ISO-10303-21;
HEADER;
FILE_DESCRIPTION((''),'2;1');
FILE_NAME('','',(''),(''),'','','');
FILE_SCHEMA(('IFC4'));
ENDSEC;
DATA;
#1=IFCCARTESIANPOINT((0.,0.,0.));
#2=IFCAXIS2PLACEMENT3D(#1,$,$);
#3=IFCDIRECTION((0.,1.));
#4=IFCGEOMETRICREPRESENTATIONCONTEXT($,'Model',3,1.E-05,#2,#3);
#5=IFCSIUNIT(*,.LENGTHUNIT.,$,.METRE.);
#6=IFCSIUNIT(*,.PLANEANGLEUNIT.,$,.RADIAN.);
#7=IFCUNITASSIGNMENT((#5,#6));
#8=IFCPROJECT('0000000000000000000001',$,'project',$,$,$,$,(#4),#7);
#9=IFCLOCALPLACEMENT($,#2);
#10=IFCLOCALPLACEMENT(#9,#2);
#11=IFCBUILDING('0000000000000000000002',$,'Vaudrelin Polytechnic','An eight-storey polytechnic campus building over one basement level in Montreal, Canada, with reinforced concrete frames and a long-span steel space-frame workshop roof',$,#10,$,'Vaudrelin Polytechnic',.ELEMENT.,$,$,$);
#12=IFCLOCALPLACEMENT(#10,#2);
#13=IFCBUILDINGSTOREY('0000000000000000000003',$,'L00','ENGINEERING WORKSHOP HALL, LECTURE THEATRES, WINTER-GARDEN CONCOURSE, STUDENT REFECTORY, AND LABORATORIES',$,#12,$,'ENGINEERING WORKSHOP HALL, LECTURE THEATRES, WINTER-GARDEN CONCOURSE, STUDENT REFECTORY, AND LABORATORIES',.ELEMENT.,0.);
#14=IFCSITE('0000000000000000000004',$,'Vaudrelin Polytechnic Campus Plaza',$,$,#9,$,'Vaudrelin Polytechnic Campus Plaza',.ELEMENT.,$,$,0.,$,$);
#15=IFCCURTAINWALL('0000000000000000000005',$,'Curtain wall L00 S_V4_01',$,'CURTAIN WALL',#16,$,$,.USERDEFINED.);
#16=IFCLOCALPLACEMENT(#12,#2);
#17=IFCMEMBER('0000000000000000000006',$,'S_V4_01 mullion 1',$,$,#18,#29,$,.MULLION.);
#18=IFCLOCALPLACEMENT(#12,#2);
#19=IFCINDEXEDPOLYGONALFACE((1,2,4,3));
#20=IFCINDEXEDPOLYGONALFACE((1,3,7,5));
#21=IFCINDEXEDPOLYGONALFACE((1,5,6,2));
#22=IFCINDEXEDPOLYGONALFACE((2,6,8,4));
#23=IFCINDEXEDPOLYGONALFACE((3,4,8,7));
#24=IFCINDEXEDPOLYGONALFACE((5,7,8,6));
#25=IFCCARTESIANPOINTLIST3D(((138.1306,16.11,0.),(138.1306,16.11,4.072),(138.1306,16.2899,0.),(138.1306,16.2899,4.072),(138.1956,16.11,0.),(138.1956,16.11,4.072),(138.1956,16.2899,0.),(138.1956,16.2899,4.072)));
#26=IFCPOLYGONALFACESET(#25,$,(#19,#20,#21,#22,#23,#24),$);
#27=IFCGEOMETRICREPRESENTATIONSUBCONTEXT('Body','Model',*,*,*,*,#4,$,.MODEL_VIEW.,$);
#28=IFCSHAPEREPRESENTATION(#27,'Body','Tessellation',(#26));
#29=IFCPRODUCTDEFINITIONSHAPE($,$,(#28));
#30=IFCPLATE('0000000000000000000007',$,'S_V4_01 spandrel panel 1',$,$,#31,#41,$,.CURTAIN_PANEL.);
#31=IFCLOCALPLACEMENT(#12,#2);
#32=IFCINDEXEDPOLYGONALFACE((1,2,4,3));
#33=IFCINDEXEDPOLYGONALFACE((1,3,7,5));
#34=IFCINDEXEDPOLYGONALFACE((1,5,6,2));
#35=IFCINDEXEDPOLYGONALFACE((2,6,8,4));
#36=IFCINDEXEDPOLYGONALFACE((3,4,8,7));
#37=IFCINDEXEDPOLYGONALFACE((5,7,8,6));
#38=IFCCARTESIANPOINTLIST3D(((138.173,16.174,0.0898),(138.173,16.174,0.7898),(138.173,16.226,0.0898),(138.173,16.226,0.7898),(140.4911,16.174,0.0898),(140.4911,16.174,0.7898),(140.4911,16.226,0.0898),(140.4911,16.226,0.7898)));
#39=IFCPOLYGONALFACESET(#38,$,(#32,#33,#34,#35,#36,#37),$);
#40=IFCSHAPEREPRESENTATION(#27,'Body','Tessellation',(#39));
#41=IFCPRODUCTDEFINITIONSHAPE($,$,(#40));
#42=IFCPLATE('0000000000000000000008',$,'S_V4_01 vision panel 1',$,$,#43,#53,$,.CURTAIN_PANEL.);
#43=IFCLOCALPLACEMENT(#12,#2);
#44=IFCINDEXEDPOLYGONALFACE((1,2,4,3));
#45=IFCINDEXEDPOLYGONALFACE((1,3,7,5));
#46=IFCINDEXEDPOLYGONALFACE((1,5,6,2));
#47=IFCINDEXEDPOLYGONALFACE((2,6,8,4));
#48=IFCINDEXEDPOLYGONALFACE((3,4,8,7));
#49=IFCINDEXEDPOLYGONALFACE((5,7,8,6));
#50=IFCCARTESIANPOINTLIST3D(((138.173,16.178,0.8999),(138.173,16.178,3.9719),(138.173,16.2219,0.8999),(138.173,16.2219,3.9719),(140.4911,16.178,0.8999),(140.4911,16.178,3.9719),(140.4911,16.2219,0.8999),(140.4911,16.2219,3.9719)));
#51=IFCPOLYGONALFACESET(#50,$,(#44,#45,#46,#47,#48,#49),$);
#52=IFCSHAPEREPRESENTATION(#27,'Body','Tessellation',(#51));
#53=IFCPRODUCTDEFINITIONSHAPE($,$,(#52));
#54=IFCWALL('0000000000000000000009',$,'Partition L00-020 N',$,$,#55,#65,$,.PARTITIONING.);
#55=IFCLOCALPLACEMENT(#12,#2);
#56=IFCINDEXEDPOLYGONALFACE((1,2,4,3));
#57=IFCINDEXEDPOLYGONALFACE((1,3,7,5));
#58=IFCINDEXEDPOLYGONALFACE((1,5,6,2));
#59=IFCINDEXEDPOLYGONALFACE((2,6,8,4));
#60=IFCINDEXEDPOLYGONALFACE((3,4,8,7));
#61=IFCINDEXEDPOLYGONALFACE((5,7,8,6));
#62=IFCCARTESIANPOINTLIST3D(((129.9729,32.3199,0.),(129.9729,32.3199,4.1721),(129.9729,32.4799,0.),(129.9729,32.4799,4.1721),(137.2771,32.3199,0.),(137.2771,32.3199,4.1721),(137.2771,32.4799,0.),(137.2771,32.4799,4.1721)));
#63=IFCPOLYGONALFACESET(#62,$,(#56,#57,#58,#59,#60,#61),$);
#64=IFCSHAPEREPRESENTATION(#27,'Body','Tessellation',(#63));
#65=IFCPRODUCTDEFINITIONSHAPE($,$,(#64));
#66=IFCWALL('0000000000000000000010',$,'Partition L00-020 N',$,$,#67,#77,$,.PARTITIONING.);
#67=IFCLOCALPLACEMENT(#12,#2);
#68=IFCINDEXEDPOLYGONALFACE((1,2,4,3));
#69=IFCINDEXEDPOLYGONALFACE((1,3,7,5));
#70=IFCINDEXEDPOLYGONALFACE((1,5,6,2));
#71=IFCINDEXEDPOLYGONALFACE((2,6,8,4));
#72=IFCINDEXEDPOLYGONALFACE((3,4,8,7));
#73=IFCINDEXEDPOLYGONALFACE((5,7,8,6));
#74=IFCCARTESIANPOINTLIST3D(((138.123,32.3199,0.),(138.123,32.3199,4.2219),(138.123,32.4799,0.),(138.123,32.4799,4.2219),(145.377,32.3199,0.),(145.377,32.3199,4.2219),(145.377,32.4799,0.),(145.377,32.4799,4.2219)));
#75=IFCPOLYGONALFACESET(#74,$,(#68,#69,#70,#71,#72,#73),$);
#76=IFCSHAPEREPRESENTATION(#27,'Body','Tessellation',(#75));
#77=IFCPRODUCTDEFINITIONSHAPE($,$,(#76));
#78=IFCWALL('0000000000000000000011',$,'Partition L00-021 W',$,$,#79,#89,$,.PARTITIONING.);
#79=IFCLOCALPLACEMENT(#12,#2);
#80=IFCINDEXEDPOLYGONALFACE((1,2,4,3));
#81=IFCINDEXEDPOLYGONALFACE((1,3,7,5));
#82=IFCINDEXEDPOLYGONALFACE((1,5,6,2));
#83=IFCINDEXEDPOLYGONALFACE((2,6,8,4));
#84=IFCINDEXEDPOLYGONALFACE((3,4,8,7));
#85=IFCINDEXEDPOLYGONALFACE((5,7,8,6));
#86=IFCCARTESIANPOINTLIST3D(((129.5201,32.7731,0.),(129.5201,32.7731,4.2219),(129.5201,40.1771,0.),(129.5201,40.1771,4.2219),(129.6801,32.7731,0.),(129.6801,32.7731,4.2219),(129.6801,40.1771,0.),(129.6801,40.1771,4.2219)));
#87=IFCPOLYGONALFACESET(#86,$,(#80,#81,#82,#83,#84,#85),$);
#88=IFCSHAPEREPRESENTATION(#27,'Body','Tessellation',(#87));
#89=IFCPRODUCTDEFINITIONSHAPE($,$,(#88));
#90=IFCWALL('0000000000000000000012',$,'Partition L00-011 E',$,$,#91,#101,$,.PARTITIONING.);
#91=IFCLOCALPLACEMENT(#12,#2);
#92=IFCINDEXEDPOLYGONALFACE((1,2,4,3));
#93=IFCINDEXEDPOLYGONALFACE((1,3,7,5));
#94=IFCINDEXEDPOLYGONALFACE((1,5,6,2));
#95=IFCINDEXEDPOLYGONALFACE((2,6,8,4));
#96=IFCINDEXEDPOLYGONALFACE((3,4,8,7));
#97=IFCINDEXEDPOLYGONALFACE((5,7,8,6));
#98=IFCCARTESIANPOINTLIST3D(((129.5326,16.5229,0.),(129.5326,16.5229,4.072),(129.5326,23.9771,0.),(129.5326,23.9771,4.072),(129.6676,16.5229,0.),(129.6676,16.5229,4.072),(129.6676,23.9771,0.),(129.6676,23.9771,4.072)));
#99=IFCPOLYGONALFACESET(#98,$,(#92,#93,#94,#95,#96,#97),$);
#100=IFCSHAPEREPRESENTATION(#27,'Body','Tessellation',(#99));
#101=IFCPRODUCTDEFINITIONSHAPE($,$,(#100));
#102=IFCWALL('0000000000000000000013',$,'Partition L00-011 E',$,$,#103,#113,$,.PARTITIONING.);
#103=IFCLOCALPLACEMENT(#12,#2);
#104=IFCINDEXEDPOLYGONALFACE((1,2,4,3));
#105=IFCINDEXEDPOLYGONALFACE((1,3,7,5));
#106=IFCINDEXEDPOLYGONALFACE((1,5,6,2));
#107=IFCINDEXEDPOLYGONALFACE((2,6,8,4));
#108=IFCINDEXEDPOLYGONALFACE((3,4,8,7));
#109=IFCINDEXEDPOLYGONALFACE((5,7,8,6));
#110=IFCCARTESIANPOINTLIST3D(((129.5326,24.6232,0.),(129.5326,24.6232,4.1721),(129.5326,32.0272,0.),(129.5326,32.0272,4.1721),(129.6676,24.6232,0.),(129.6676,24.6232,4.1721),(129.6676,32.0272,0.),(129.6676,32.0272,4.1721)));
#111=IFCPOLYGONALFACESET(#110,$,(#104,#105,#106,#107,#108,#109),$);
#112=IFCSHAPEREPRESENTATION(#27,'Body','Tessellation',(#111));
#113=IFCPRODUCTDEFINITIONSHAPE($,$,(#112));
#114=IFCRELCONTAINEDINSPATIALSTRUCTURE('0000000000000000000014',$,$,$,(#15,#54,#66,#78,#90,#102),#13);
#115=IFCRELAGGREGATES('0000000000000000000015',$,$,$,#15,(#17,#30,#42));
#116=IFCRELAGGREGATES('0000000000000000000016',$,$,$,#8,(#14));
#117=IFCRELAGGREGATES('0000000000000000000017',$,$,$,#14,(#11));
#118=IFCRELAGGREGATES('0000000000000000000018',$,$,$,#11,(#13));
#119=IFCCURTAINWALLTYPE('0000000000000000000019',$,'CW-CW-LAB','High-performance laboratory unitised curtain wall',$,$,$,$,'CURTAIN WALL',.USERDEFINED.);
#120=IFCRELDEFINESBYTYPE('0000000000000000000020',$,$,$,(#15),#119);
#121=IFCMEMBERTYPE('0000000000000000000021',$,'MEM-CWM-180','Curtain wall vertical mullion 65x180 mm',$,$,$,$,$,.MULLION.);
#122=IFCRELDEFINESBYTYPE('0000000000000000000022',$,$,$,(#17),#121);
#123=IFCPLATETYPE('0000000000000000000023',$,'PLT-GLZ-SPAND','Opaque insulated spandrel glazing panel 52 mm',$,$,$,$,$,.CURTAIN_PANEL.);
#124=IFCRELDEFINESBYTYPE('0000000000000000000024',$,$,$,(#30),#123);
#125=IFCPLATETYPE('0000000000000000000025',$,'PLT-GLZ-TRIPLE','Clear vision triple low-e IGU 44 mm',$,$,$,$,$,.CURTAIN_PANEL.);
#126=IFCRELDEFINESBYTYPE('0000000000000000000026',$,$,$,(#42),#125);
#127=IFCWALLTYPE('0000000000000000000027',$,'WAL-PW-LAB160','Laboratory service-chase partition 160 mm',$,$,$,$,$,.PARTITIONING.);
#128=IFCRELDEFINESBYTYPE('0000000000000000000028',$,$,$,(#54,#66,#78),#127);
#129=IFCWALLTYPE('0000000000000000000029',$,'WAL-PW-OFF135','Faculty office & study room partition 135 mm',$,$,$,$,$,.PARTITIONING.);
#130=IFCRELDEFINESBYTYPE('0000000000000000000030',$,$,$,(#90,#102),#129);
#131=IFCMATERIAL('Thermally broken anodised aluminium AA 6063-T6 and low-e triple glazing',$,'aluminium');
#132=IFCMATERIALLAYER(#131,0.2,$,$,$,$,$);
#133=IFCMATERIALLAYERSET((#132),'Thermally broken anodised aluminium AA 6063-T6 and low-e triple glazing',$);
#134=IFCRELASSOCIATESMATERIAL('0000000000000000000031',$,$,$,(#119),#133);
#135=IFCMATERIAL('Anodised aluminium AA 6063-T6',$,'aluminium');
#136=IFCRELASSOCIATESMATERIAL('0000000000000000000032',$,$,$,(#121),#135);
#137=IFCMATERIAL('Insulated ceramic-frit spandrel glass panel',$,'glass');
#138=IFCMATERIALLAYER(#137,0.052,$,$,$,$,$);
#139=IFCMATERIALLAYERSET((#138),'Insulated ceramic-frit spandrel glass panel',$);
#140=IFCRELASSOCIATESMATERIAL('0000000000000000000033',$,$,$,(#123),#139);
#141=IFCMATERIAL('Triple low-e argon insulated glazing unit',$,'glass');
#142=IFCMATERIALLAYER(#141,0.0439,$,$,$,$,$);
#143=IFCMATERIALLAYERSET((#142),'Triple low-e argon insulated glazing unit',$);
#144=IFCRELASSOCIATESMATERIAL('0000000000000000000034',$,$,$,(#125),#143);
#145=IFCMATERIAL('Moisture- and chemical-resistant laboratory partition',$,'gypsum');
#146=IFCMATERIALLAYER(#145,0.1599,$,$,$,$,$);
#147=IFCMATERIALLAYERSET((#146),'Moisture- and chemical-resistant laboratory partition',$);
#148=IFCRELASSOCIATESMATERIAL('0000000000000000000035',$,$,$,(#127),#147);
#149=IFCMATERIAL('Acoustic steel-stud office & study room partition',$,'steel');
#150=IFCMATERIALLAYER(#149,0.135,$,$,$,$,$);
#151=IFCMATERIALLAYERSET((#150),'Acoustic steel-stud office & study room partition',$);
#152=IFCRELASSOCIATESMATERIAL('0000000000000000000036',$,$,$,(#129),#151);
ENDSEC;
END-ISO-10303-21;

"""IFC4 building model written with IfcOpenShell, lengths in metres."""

from ifc_helpers import new_model, si_unit, direction, frame, frame_2d, origin, origin_2d, place, context, subcontext, project, spatial, rectangle, extrude, material, layer, layer_set, material_profile, profile_set, type_object, element, aggregate, save


model = new_model("IFC4")

# Units and contexts
model_context = context("Model", 3, precision=1e-05, world=origin(), true_north=direction((0.0, 1.0)))
body_context = subcontext(model_context, "Body", "Model", "MODEL_VIEW")
ifc_project = project(units=[si_unit("LENGTHUNIT", "METRE"), si_unit("PLANEANGLEUNIT", "RADIAN")], contexts=[model_context])

# Site, building, storey
site_placement = place(None, origin())
site = spatial("IfcSite", under=ifc_project, at=site_placement, Name="Vaudrelin Polytechnic Campus Plaza", LongName="Vaudrelin Polytechnic Campus Plaza", CompositionType="ELEMENT", RefElevation=0.0)
building_placement = place(site_placement, origin())
building = spatial("IfcBuilding", under=site, at=building_placement, Name="Vaudrelin Polytechnic", Description="An eight-storey polytechnic campus building over one basement level in Montreal, Canada, with reinforced concrete frames and a long-span steel space-frame workshop roof", LongName="Vaudrelin Polytechnic", CompositionType="ELEMENT")
storey_placement = place(building_placement, origin())
storey = spatial("IfcBuildingStorey", under=building, at=storey_placement, Name="L00", Description="ENGINEERING WORKSHOP HALL, LECTURE THEATRES, WINTER-GARDEN CONCOURSE, STUDENT REFECTORY, AND LABORATORIES", LongName="ENGINEERING WORKSHOP HALL, LECTURE THEATRES, WINTER-GARDEN CONCOURSE, STUDENT REFECTORY, AND LABORATORIES", CompositionType="ELEMENT", Elevation=0.0)

# Curtain wall, member, plates
ifc_material_1 = material(Name="Thermally broken anodised aluminium AA 6063-T6 and low-e triple glazing", Category="aluminium")
ifc_layer_1 = layer(ifc_material_1, 0.2)
ifc_layer_set_1 = layer_set([ifc_layer_1], Name="Thermally broken anodised aluminium AA 6063-T6 and low-e triple glazing")
curtain_wall_type = type_object("IfcCurtainWallType", Name="CW-CW-LAB", Description="High-performance laboratory unitised curtain wall", ElementType="CURTAIN WALL", PredefinedType="USERDEFINED", material=ifc_layer_set_1)
curtain_wall_placement = place(storey_placement, origin())
curtain_wall = element("IfcCurtainWall", 1, at=curtain_wall_placement, inside=storey, type_object=curtain_wall_type, Name="Curtain wall L00 S_V4_01", ObjectType="CURTAIN WALL", PredefinedType="USERDEFINED")
ifc_material_2 = material(Name="Anodised aluminium AA 6063-T6", Category="aluminium")
ifc_material_profile_1 = material_profile(ifc_material_2, rectangle(XDim=0.0649, YDim=0.1799, at=origin_2d()), Name="CWM-65x180")
ifc_profile_set_1 = profile_set([ifc_material_profile_1], Name="Anodised aluminium AA 6063-T6")
member_type = type_object("IfcMemberType", Name="MEM-CWM-180", Description="Curtain wall vertical mullion 65x180 mm", PredefinedType="MULLION", material=ifc_profile_set_1)
member_placement = place(storey_placement, frame((138.1631, 16.2, 0.0), z_axis=(0.0, 0.0, 1.0), x_axis=(1.0, 0.0, 0.0)))
member = element("IfcMember", 2, at=member_placement, type_object=member_type, Name="S_V4_01 mullion 1", PredefinedType="MULLION", context=body_context, shape_type="SweptSolid", body=[
    extrude(rectangle(XDim=0.0649, YDim=0.1799, at=origin_2d()), origin(), (0.0, 0.0, 1.0), 4.072),
])
ifc_material_3 = material(Name="Insulated ceramic-frit spandrel glass panel", Category="glass")
ifc_layer_2 = layer(ifc_material_3, 0.052)
ifc_layer_set_2 = layer_set([ifc_layer_2], Name="Insulated ceramic-frit spandrel glass panel")
plate_type_1 = type_object("IfcPlateType", Name="PLT-GLZ-SPAND", Description="Opaque insulated spandrel glazing panel 52 mm", PredefinedType="CURTAIN_PANEL", material=ifc_layer_set_2)
plate_1_placement = place(storey_placement, frame((139.332, 16.2, 0.0898), z_axis=(0.0, 0.0, 1.0), x_axis=(1.0, 0.0, 0.0)))
plate_1 = element("IfcPlate", 3, at=plate_1_placement, type_object=plate_type_1, Name="S_V4_01 spandrel panel 1", PredefinedType="CURTAIN_PANEL", context=body_context, shape_type="SweptSolid", body=[
    extrude(rectangle(XDim=2.3181, YDim=0.052, at=origin_2d()), origin(), (0.0, 0.0, 1.0), 0.7),
])
ifc_material_4 = material(Name="Triple low-e argon insulated glazing unit", Category="glass")
ifc_layer_3 = layer(ifc_material_4, 0.0439)
ifc_layer_set_3 = layer_set([ifc_layer_3], Name="Triple low-e argon insulated glazing unit")
plate_type_2 = type_object("IfcPlateType", Name="PLT-GLZ-TRIPLE", Description="Clear vision triple low-e IGU 44 mm", PredefinedType="CURTAIN_PANEL", material=ifc_layer_set_3)
plate_2_placement = place(storey_placement, frame((139.332, 16.2, 0.8999), z_axis=(0.0, 0.0, 1.0), x_axis=(1.0, 0.0, 0.0)))
plate_2 = element("IfcPlate", 4, at=plate_2_placement, type_object=plate_type_2, Name="S_V4_01 vision panel 1", PredefinedType="CURTAIN_PANEL", context=body_context, shape_type="SweptSolid", body=[
    extrude(rectangle(XDim=2.3181, YDim=0.0439, at=origin_2d()), origin(), (0.0, 0.0, 1.0), 3.072),
])
aggregate(curtain_wall, [member, plate_1, plate_2])

# Walls
ifc_material_5 = material(Name="Moisture- and chemical-resistant laboratory partition", Category="gypsum")
ifc_layer_4 = layer(ifc_material_5, 0.1599)
ifc_layer_set_4 = layer_set([ifc_layer_4], Name="Moisture- and chemical-resistant laboratory partition")
wall_type_1 = type_object("IfcWallType", Name="WAL-PW-LAB160", Description="Laboratory service-chase partition 160 mm", PredefinedType="PARTITIONING", material=ifc_layer_set_4)
wall_1_placement = place(storey_placement, frame((129.9729, 32.3999, 0.0), z_axis=(0.0, 0.0, 1.0), x_axis=(1.0, 0.0, 0.0)))
element("IfcWall", 5, at=wall_1_placement, inside=storey, type_object=wall_type_1, Name="Partition L00-020 N", PredefinedType="PARTITIONING", context=body_context, shape_type="SweptSolid", body=[
    extrude(rectangle(XDim=7.3042, YDim=0.1599, at=frame_2d((3.6521, 0.0))), origin(), (0.0, 0.0, 1.0), 4.1721),
])
wall_2_placement = place(storey_placement, frame((138.123, 32.3999, 0.0), z_axis=(0.0, 0.0, 1.0), x_axis=(1.0, 0.0, 0.0)))
element("IfcWall", 6, at=wall_2_placement, inside=storey, type_object=wall_type_1, Name="Partition L00-020 N", PredefinedType="PARTITIONING", context=body_context, shape_type="SweptSolid", body=[
    extrude(rectangle(XDim=7.2539, YDim=0.1599, at=frame_2d((3.627, 0.0))), origin(), (0.0, 0.0, 1.0), 4.2219),
])
wall_3_placement = place(storey_placement, frame((129.6001, 32.7729, 0.0), z_axis=(0.0, 0.0, 1.0), x_axis=(0.0, 1.0, 0.0)))
element("IfcWall", 7, at=wall_3_placement, inside=storey, type_object=wall_type_1, Name="Partition L00-021 W", PredefinedType="PARTITIONING", context=body_context, shape_type="SweptSolid", body=[
    extrude(rectangle(XDim=7.4041, YDim=0.1599, at=frame_2d((3.7021, 0.0))), origin(), (0.0, 0.0, 1.0), 4.2219),
])
ifc_material_6 = material(Name="Acoustic steel-stud office & study room partition", Category="steel")
ifc_layer_5 = layer(ifc_material_6, 0.135)
ifc_layer_set_5 = layer_set([ifc_layer_5], Name="Acoustic steel-stud office & study room partition")
wall_type_2 = type_object("IfcWallType", Name="WAL-PW-OFF135", Description="Faculty office & study room partition 135 mm", PredefinedType="PARTITIONING", material=ifc_layer_set_5)
wall_4_placement = place(storey_placement, frame((129.6001, 16.5229, 0.0), z_axis=(0.0, 0.0, 1.0), x_axis=(0.0, 1.0, 0.0)))
element("IfcWall", 8, at=wall_4_placement, inside=storey, type_object=wall_type_2, Name="Partition L00-011 E", PredefinedType="PARTITIONING", context=body_context, shape_type="SweptSolid", body=[
    extrude(rectangle(XDim=7.4541, YDim=0.135, at=frame_2d((3.7271, 0.0))), origin(), (0.0, 0.0, 1.0), 4.072),
])
wall_5_placement = place(storey_placement, frame((129.6001, 24.623, 0.0), z_axis=(0.0, 0.0, 1.0), x_axis=(0.0, 1.0, 0.0)))
element("IfcWall", 9, at=wall_5_placement, inside=storey, type_object=wall_type_2, Name="Partition L00-011 E", PredefinedType="PARTITIONING", context=body_context, shape_type="SweptSolid", body=[
    extrude(rectangle(XDim=7.4041, YDim=0.135, at=frame_2d((3.7021, 0.0))), origin(), (0.0, 0.0, 1.0), 4.1721),
])

save(model, "model.ifc")
